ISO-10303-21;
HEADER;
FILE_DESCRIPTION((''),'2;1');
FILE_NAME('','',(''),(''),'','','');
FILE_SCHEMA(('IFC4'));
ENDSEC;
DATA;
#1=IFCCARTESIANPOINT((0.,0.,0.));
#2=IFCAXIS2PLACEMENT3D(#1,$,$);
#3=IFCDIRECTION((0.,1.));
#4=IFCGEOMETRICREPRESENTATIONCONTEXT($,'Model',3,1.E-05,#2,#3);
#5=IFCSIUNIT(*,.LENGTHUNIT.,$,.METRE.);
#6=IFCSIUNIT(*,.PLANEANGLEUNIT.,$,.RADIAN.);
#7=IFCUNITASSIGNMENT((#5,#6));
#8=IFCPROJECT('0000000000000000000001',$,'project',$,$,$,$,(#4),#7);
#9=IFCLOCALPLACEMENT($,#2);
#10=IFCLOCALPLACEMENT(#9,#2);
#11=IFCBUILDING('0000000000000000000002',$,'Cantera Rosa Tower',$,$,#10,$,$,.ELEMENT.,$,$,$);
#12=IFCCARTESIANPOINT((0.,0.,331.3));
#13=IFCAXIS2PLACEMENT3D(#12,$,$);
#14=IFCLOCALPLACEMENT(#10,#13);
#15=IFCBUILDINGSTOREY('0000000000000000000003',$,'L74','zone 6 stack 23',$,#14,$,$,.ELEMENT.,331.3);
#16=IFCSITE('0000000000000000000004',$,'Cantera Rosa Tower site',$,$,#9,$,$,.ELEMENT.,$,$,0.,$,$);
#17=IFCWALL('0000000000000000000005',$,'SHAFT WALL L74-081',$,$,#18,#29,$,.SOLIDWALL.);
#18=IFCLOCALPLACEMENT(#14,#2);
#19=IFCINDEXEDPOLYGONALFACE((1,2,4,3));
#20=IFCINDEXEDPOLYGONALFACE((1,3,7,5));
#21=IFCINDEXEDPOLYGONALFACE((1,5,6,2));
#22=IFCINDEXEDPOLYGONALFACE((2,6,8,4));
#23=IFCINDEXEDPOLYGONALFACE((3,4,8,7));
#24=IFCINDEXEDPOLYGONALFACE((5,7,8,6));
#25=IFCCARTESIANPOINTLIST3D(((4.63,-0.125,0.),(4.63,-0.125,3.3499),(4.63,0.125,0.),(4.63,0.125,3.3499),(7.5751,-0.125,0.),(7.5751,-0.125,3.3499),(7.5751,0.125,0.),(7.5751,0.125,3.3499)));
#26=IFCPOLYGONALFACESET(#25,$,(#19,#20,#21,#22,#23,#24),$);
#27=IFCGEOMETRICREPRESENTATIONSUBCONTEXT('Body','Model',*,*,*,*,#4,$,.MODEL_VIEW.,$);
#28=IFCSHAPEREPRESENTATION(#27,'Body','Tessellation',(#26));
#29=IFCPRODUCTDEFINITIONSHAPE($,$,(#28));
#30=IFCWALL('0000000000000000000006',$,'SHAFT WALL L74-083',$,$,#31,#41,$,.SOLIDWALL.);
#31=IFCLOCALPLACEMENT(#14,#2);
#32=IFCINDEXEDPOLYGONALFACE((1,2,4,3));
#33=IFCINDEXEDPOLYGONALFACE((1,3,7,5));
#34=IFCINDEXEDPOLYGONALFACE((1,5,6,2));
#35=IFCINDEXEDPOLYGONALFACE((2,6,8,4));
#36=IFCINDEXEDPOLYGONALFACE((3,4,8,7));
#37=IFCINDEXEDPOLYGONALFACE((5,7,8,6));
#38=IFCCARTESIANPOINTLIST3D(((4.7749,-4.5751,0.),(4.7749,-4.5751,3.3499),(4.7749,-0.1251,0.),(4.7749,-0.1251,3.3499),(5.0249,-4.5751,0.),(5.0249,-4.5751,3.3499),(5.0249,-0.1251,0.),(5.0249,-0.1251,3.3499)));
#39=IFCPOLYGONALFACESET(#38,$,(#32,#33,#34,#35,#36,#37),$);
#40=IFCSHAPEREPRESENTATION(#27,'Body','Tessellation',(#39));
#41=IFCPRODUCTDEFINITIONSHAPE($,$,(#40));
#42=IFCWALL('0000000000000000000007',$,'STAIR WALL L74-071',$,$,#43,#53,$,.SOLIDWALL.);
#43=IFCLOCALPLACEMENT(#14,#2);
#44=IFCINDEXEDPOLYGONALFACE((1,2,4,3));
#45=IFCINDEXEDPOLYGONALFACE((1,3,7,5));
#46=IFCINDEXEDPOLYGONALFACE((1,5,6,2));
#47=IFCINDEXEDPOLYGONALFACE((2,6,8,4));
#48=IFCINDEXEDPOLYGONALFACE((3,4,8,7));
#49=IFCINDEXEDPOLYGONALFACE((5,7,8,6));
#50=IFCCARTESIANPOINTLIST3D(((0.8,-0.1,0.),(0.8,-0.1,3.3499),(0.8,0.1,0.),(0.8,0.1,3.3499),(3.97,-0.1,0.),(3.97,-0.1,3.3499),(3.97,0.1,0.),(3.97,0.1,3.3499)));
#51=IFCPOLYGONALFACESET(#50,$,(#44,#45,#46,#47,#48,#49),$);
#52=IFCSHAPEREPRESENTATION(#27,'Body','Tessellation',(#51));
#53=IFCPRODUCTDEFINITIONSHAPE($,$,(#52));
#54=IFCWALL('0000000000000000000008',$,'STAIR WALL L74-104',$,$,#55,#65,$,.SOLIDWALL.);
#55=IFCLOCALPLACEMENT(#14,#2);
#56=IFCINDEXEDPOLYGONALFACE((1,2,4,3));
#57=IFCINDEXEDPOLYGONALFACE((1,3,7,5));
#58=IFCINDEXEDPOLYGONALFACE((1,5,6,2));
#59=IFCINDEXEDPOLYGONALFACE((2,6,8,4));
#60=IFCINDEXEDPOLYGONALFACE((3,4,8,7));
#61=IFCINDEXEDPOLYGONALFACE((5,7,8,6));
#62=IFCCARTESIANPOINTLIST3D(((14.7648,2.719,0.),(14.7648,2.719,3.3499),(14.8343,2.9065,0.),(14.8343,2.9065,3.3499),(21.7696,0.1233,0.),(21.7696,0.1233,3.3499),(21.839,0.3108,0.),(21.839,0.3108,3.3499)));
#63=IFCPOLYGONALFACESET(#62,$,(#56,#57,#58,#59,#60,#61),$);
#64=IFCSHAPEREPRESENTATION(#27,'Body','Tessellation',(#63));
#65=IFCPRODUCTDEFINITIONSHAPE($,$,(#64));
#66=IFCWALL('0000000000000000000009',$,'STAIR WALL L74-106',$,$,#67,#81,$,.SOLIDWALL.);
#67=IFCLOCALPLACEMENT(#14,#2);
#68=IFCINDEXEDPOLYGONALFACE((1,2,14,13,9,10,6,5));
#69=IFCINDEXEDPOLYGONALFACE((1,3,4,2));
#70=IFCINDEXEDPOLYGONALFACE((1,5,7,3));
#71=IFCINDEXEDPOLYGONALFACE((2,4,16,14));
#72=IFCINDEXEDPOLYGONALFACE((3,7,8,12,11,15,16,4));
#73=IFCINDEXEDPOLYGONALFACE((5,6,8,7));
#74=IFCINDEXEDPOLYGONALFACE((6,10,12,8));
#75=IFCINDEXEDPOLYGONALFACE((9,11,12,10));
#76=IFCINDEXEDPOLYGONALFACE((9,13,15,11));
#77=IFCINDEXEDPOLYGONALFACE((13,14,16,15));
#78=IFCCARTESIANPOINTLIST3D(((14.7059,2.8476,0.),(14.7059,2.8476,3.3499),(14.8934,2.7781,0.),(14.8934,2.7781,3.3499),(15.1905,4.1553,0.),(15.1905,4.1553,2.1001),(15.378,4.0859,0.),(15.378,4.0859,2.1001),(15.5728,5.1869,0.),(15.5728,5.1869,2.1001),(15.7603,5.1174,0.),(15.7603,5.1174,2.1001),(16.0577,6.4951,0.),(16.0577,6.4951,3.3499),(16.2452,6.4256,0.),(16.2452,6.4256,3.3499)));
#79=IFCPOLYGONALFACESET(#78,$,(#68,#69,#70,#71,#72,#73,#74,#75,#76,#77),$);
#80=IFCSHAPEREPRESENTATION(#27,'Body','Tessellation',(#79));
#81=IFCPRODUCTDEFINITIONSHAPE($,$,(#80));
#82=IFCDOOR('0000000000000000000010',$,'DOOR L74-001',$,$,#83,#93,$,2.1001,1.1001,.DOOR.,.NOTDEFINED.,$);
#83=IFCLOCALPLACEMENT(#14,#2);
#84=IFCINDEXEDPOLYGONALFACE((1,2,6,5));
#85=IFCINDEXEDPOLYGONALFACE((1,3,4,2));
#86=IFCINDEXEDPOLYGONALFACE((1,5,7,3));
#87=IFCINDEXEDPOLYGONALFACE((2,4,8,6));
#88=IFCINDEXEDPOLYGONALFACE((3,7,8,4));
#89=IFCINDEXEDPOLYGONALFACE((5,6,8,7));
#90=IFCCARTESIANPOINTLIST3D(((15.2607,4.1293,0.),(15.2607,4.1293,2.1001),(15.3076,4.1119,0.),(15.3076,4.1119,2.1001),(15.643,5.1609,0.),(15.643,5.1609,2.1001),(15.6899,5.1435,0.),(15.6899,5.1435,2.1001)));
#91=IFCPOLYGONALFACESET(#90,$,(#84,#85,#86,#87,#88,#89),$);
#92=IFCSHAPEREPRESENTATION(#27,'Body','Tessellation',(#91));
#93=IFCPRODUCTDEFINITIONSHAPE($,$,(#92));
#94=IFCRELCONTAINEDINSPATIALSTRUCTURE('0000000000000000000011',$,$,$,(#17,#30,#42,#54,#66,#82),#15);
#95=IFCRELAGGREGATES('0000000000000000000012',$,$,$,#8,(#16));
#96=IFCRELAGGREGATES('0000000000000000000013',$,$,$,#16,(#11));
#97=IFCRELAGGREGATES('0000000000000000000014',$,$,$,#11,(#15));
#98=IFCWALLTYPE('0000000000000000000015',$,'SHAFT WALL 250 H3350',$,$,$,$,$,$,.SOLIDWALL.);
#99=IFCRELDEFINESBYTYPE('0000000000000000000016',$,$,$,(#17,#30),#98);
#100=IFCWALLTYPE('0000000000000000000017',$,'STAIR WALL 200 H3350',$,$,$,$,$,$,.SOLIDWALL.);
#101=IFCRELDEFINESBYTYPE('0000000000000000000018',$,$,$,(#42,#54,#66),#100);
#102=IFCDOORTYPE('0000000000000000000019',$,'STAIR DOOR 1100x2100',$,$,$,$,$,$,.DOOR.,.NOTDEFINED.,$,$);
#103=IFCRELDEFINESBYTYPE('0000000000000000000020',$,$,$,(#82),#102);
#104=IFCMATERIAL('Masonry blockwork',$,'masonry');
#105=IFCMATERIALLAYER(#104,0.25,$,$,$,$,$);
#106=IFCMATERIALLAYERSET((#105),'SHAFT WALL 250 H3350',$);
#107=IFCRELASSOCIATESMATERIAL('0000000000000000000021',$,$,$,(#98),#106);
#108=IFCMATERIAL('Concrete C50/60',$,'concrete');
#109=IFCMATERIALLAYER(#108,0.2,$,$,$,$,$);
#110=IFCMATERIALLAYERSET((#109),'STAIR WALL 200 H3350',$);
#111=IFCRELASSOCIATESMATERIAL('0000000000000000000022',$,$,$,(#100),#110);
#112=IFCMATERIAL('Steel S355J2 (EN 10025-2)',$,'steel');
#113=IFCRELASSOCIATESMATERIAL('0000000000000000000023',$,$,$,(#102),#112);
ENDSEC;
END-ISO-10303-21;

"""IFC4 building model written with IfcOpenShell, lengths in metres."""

from ifc_helpers import new_model, si_unit, direction, frame, frame_2d, origin, place, context, subcontext, project, spatial, rectangle, extrude, material, layer, layer_set, type_object, element, fill, save


model = new_model("IFC4")

# Units and contexts
model_context = context("Model", 3, precision=1e-05, world=origin(), true_north=direction((0.0, 1.0)))
body_context = subcontext(model_context, "Body", "Model", "MODEL_VIEW")
ifc_project = project(units=[si_unit("LENGTHUNIT", "METRE"), si_unit("PLANEANGLEUNIT", "RADIAN")], contexts=[model_context])

# Site, building, storey
site_placement = place(None, origin())
site = spatial("IfcSite", under=ifc_project, at=site_placement, Name="Cantera Rosa Tower site", CompositionType="ELEMENT", RefElevation=0.0)
building_placement = place(site_placement, origin())
building = spatial("IfcBuilding", under=site, at=building_placement, Name="Cantera Rosa Tower", CompositionType="ELEMENT")
storey_placement = place(building_placement, frame((0.0, 0.0, 331.3)))
storey = spatial("IfcBuildingStorey", under=building, at=storey_placement, Name="L74", Description="zone 6 stack 23", CompositionType="ELEMENT", Elevation=331.3)

# Walls
ifc_material_1 = material(Name="Masonry blockwork", Category="masonry")
ifc_layer_1 = layer(ifc_material_1, 0.25)
ifc_layer_set_1 = layer_set([ifc_layer_1], Name="SHAFT WALL 250 H3350")
wall_type_1 = type_object("IfcWallType", Name="SHAFT WALL 250 H3350", PredefinedType="SOLIDWALL", material=ifc_layer_set_1)
wall_1_placement = place(storey_placement, frame((4.6299, 0.0, 0.0), z_axis=(0.0, 0.0, 1.0), x_axis=(1.0, 0.0, 0.0)))
element("IfcWall", 1, at=wall_1_placement, inside=storey, type_object=wall_type_1, Name="SHAFT WALL L74-081", PredefinedType="SOLIDWALL", context=body_context, shape_type="SweptSolid", body=[
    extrude(rectangle(XDim=2.9451, YDim=0.25, at=frame_2d((1.4727, 0.0))), origin(), (0.0, 0.0, 1.0), 3.3499),
])
wall_2_placement = place(storey_placement, frame((4.8999, -0.125, 0.0), z_axis=(0.0, 0.0, 1.0), x_axis=(0.0, -1.0, 0.0)))
element("IfcWall", 2, at=wall_2_placement, inside=storey, type_object=wall_type_1, Name="SHAFT WALL L74-083", PredefinedType="SOLIDWALL", context=body_context, shape_type="SweptSolid", body=[
    extrude(rectangle(XDim=4.45, YDim=0.25, at=frame_2d((2.2251, 0.0))), origin(), (0.0, 0.0, 1.0), 3.3499),
])
ifc_material_2 = material(Name="Concrete C50/60", Category="concrete")
ifc_layer_2 = layer(ifc_material_2, 0.2)
ifc_layer_set_2 = layer_set([ifc_layer_2], Name="STAIR WALL 200 H3350")
wall_type_2 = type_object("IfcWallType", Name="STAIR WALL 200 H3350", PredefinedType="SOLIDWALL", material=ifc_layer_set_2)
wall_3_placement = place(storey_placement, frame((0.8, 0.0, 0.0), z_axis=(0.0, 0.0, 1.0), x_axis=(1.0, 0.0, 0.0)))
element("IfcWall", 3, at=wall_3_placement, inside=storey, type_object=wall_type_2, Name="STAIR WALL L74-071", PredefinedType="SOLIDWALL", context=body_context, shape_type="SweptSolid", body=[
    extrude(rectangle(XDim=3.1699, YDim=0.2, at=frame_2d((1.585, 0.0))), origin(), (0.0, 0.0, 1.0), 3.3499),
])
wall_4_placement = place(storey_placement, frame((14.7996, 2.8127, 0.0), z_axis=(0.0, 0.0, 1.0), x_axis=(0.937688, -0.347478, 0.0)))
element("IfcWall", 4, at=wall_4_placement, inside=storey, type_object=wall_type_2, Name="STAIR WALL L74-104", PredefinedType="SOLIDWALL", context=body_context, shape_type="SweptSolid", body=[
    extrude(rectangle(XDim=7.4702, YDim=0.2, at=frame_2d((3.7351, 0.0))), origin(), (0.0, 0.0, 1.0), 3.3499),
])

# Wall, opening, door
wall_5_placement = place(storey_placement, frame((16.1514, 6.4602, 0.0), z_axis=(0.0, 0.0, 1.0), x_axis=(-0.347517, -0.937674, 0.0)))
wall_5 = element("IfcWall", 5, at=wall_5_placement, inside=storey, type_object=wall_type_2, Name="STAIR WALL L74-106", PredefinedType="SOLIDWALL", context=body_context, shape_type="SweptSolid", body=[
    extrude(rectangle(XDim=3.8899, YDim=0.2, at=frame_2d((1.9448, 0.0))), origin(), (0.0, 0.0, 1.0), 3.3499),
])
opening_1_placement = place(wall_5_placement, frame((1.395, 0.0, 0.0)))
opening_1 = element("IfcOpeningElement", 6, at=opening_1_placement, cuts=wall_5, PredefinedType="OPENING", context=body_context, shape_type="SweptSolid", body=[
    extrude(rectangle(XDim=1.1001, YDim=2.1001, at=frame_2d((0.55, 1.05))), frame((0.0, 0.1099, 0.0), z_axis=(0.0, -1.0, 0.0), x_axis=(1.0, 0.0, 0.0)), (0.0, 0.0, 1.0), 0.22),
])
ifc_material_3 = material(Name="Steel S355J2 (EN 10025-2)", Category="steel")
door_type_1 = type_object("IfcDoorType", Name="STAIR DOOR 1100x2100", OperationType="NOTDEFINED", PredefinedType="DOOR", material=ifc_material_3)
door_1_placement = place(opening_1_placement, origin())
door_1 = element("IfcDoor", 7, at=door_1_placement, inside=storey, type_object=door_type_1, Name="DOOR L74-001", OperationType="NOTDEFINED", OverallHeight=2.1001, OverallWidth=1.1001, PredefinedType="DOOR", context=body_context, shape_type="SweptSolid", body=[
    extrude(rectangle(XDim=1.1001, YDim=2.1001, at=frame_2d((0.55, 1.05))), frame((0.0, 0.0249, 0.0), z_axis=(0.0, -1.0, 0.0), x_axis=(1.0, 0.0, 0.0)), (0.0, 0.0, 1.0), 0.05),
])
fill(opening_1, door_1)

save(model, "model.ifc")
